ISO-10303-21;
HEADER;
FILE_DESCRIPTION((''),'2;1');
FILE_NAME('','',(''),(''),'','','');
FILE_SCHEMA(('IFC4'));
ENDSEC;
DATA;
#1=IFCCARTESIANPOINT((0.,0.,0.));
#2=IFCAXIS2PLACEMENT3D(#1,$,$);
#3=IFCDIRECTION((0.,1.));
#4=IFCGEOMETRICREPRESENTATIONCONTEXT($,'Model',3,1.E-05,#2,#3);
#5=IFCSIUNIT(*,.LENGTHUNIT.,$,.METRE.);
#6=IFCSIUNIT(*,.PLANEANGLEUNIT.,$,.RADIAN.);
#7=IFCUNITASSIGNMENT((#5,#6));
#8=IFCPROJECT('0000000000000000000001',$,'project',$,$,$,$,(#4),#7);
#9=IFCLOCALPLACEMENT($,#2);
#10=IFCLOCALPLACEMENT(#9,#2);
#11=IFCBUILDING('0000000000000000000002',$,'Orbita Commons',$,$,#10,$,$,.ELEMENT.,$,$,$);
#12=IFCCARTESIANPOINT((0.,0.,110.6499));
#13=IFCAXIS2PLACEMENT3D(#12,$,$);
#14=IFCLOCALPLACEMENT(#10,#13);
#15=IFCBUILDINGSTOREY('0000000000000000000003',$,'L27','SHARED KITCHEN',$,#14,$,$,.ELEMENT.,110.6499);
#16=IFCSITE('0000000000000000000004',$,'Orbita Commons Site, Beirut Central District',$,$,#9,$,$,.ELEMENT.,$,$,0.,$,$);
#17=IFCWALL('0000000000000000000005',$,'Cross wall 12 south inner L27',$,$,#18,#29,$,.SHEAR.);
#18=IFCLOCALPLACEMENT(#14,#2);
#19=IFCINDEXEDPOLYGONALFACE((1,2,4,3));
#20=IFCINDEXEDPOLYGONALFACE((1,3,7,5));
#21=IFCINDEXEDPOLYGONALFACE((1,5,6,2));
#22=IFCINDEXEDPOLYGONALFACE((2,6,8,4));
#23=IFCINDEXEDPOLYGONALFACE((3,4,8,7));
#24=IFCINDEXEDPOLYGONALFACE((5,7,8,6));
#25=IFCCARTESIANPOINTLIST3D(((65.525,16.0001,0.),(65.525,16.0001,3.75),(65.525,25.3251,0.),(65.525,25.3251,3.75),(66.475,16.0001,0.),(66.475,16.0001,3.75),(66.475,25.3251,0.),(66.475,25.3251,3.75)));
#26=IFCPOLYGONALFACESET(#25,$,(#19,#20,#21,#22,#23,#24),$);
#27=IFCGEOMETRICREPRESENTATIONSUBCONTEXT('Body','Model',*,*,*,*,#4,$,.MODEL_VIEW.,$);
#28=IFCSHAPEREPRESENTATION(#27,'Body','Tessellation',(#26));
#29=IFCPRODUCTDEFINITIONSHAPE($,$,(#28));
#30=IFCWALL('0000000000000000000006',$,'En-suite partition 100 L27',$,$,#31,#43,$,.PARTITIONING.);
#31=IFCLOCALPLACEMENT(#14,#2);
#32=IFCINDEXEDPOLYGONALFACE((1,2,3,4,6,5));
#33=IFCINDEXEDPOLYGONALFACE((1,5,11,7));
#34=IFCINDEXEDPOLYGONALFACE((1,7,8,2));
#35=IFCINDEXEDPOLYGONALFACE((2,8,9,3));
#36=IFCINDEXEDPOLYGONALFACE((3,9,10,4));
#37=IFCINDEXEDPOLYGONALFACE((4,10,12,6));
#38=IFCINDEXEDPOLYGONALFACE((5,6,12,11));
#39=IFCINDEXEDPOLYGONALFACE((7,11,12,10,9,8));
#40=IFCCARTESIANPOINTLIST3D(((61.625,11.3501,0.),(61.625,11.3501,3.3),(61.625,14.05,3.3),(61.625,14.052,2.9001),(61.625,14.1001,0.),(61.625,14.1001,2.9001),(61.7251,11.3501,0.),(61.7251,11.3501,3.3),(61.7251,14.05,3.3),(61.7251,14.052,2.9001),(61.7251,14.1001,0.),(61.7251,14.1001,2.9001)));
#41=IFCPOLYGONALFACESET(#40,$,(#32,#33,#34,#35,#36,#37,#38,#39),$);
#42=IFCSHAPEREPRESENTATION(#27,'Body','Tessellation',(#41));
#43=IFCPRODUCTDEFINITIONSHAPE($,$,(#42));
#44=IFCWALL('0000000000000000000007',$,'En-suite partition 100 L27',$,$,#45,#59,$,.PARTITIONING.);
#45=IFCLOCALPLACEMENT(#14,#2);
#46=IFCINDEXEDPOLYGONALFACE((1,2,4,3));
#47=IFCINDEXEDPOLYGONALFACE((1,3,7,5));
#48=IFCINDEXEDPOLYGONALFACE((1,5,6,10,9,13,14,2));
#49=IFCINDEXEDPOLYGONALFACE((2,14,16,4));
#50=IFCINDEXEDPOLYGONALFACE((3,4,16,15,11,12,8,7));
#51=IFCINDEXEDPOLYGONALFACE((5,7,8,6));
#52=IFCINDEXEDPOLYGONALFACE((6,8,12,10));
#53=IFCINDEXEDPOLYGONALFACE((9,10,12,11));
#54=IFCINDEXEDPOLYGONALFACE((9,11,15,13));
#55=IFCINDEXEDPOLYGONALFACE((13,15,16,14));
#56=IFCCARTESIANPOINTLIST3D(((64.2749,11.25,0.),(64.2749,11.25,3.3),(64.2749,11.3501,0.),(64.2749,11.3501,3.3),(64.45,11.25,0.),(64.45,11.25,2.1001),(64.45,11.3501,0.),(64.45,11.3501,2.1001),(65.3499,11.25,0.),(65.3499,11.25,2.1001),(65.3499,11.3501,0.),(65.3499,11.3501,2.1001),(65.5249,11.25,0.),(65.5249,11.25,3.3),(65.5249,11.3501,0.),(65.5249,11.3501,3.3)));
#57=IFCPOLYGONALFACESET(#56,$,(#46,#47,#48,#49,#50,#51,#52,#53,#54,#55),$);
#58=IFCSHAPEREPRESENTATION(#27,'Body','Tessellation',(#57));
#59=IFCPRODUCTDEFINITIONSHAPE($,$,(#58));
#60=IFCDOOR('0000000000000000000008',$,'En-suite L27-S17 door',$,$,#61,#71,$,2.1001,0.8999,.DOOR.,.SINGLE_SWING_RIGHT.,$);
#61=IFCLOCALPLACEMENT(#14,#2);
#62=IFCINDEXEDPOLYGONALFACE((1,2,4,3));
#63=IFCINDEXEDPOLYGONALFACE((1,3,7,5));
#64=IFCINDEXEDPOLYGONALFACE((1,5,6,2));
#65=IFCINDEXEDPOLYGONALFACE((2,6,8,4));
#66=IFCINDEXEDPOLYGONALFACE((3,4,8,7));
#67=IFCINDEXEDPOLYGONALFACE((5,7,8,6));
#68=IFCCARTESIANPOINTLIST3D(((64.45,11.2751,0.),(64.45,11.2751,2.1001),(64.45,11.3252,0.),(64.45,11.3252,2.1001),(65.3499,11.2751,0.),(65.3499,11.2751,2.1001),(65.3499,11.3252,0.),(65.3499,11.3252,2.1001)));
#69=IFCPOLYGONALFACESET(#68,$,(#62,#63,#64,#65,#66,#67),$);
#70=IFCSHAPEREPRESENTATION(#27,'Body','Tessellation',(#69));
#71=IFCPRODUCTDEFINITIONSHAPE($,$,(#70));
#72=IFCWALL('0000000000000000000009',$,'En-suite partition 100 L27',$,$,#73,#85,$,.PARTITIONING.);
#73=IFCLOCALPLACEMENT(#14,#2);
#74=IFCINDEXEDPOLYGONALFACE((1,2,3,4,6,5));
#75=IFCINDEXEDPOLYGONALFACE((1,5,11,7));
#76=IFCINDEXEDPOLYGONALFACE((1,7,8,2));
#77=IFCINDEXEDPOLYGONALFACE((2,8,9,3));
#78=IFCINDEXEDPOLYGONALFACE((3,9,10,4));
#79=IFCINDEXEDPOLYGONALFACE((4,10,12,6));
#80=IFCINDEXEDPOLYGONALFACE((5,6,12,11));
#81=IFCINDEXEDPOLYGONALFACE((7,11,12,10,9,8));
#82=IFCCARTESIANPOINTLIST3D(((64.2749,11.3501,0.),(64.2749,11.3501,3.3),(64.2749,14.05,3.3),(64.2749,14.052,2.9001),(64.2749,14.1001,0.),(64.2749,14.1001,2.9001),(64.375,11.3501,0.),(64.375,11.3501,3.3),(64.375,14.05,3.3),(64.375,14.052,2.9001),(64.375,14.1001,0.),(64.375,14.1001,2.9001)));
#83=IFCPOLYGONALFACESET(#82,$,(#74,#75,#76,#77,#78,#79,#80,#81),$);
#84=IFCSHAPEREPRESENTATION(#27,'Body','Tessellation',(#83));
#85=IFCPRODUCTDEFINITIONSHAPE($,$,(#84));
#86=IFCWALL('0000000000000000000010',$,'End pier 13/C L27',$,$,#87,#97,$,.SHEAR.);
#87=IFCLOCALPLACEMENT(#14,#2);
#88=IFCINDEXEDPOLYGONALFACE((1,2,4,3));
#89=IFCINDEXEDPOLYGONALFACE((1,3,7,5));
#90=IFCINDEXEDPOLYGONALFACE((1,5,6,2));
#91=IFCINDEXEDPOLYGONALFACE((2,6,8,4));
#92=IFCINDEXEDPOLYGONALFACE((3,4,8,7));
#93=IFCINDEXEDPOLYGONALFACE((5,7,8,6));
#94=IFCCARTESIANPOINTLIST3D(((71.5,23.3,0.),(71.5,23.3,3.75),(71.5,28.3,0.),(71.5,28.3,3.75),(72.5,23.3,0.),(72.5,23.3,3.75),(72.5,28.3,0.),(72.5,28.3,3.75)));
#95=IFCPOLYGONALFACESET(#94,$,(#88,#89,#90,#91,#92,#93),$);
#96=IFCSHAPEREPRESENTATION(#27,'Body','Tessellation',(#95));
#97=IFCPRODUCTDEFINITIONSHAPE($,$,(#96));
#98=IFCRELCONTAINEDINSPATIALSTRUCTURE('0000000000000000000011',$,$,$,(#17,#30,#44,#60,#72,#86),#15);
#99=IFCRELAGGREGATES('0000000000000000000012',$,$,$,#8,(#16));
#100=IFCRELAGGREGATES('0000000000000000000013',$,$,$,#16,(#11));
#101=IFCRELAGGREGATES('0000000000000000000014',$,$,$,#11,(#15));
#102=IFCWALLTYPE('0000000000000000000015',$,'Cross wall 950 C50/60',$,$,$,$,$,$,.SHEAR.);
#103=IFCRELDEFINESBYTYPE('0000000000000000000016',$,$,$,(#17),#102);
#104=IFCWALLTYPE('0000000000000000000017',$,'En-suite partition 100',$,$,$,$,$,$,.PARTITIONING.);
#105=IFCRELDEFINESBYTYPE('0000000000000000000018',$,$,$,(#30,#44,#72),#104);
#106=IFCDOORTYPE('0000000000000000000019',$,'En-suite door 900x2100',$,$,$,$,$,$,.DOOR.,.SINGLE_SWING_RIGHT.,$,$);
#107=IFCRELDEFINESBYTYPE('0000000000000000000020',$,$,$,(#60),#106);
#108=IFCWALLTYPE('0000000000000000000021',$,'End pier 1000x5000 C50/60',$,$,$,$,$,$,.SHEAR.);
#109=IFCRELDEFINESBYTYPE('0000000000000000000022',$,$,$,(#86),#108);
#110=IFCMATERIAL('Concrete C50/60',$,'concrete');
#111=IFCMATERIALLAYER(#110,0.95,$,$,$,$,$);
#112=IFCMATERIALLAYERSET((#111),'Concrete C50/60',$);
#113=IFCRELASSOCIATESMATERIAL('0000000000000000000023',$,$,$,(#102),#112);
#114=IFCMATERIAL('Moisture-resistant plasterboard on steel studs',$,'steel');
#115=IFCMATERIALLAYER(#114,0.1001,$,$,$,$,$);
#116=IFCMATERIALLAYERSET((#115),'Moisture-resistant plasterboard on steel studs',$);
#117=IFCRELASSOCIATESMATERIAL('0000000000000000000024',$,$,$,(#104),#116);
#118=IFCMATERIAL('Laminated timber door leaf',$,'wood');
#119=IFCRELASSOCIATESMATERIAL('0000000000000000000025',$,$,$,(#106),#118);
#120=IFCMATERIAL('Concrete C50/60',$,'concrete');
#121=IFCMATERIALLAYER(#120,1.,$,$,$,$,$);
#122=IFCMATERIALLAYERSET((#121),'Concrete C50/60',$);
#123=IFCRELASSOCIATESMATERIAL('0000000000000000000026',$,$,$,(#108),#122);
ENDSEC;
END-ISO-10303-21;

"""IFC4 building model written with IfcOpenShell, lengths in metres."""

from ifc_helpers import new_model, si_unit, direction, frame, frame_2d, origin, place, context, subcontext, project, spatial, polyline, rectangle, outline, extrude, material, layer, layer_set, type_object, element, fill, save


model = new_model("IFC4")

# Units and contexts
model_context = context("Model", 3, precision=1e-05, world=origin(), true_north=direction((0.0, 1.0)))
body_context = subcontext(model_context, "Body", "Model", "MODEL_VIEW")
ifc_project = project(units=[si_unit("LENGTHUNIT", "METRE"), si_unit("PLANEANGLEUNIT", "RADIAN")], contexts=[model_context])

# Site, building, storey
site_placement = place(None, origin())
site = spatial("IfcSite", under=ifc_project, at=site_placement, Name="Orbita Commons Site, Beirut Central District", CompositionType="ELEMENT", RefElevation=0.0)
building_placement = place(site_placement, origin())
building = spatial("IfcBuilding", under=site, at=building_placement, Name="Orbita Commons", CompositionType="ELEMENT")
storey_placement = place(building_placement, frame((0.0, 0.0, 110.6499)))
storey = spatial("IfcBuildingStorey", under=building, at=storey_placement, Name="L27", Description="SHARED KITCHEN", CompositionType="ELEMENT", Elevation=110.6499)

# Walls
ifc_material_1 = material(Name="Concrete C50/60", Category="concrete")
ifc_layer_1 = layer(ifc_material_1, 0.95)
ifc_layer_set_1 = layer_set([ifc_layer_1], Name="Concrete C50/60")
wall_type_1 = type_object("IfcWallType", Name="Cross wall 950 C50/60", PredefinedType="SHEAR", material=ifc_layer_set_1)
wall_1_placement = place(storey_placement, frame((66.0, 16.0, 0.0), z_axis=(0.0, 0.0, 1.0), x_axis=(0.0, 1.0, 0.0)))
element("IfcWall", 1, at=wall_1_placement, inside=storey, type_object=wall_type_1, Name="Cross wall 12 south inner L27", PredefinedType="SHEAR", context=body_context, shape_type="SweptSolid", body=[
    extrude(rectangle(XDim=9.325, YDim=0.95, at=frame_2d((4.6626, 0.0))), origin(), (0.0, 0.0, 1.0), 3.75),
])
ifc_material_2 = material(Name="Moisture-resistant plasterboard on steel studs", Category="steel")
ifc_layer_2 = layer(ifc_material_2, 0.1001)
ifc_layer_set_2 = layer_set([ifc_layer_2], Name="Moisture-resistant plasterboard on steel studs")
wall_type_2 = type_object("IfcWallType", Name="En-suite partition 100", PredefinedType="PARTITIONING", material=ifc_layer_set_2)
wall_2_placement = place(storey_placement, frame((61.675, 11.3501, 0.0), z_axis=(0.0, 0.0, 1.0), x_axis=(0.0, 1.0, 0.0)))
element("IfcWall", 2, at=wall_2_placement, inside=storey, type_object=wall_type_2, Name="En-suite partition 100 L27", PredefinedType="PARTITIONING", context=body_context, shape_type="SweptSolid", body=[
    extrude(outline(polyline([(0.0, 0.0), (2.75, 0.0), (2.75, 2.9001), (2.7019, 2.9001), (2.7, 3.3), (0.0, 3.3), (0.0, 0.0)])), frame((0.0, 0.05, 0.0), z_axis=(0.0, -1.0, 0.0), x_axis=(1.0, 0.0, 0.0)), (0.0, 0.0, 1.0), 0.1001),
])

# Wall, opening, door
wall_3_placement = place(storey_placement, frame((65.5249, 11.3, 0.0), z_axis=(0.0, 0.0, 1.0), x_axis=(-1.0, 0.0, 0.0)))
wall_3 = element("IfcWall", 3, at=wall_3_placement, inside=storey, type_object=wall_type_2, Name="En-suite partition 100 L27", PredefinedType="PARTITIONING", context=body_context, shape_type="SweptSolid", body=[
    extrude(rectangle(XDim=1.25, YDim=0.1001, at=frame_2d((0.625, 0.0))), origin(), (0.0, 0.0, 1.0), 3.3),
])
opening_1_placement = place(wall_3_placement, frame((0.175, 0.0, 0.0)))
opening_1 = element("IfcOpeningElement", 4, at=opening_1_placement, cuts=wall_3, PredefinedType="OPENING", context=body_context, shape_type="SweptSolid", body=[
    extrude(rectangle(XDim=0.8999, YDim=2.1001, at=frame_2d((0.45, 1.05))), frame((0.0, 0.0601, 0.0), z_axis=(0.0, -1.0, 0.0), x_axis=(1.0, 0.0, 0.0)), (0.0, 0.0, 1.0), 0.1201),
])
ifc_material_3 = material(Name="Laminated timber door leaf", Category="wood")
door_type_1 = type_object("IfcDoorType", Name="En-suite door 900x2100", OperationType="SINGLE_SWING_RIGHT", PredefinedType="DOOR", material=ifc_material_3)
door_1_placement = place(opening_1_placement, origin())
door_1 = element("IfcDoor", 5, at=door_1_placement, inside=storey, type_object=door_type_1, Name="En-suite L27-S17 door", OperationType="SINGLE_SWING_RIGHT", OverallHeight=2.1001, OverallWidth=0.8999, PredefinedType="DOOR", context=body_context, shape_type="SweptSolid", body=[
    extrude(rectangle(XDim=0.8999, YDim=2.1001, at=frame_2d((0.45, 1.05))), frame((0.0, 0.0249, 0.0), z_axis=(0.0, -1.0, 0.0), x_axis=(1.0, 0.0, 0.0)), (0.0, 0.0, 1.0), 0.05),
])
fill(opening_1, door_1)

# Walls
wall_4_placement = place(storey_placement, frame((64.325, 11.3501, 0.0), z_axis=(0.0, 0.0, 1.0), x_axis=(0.0, 1.0, 0.0)))
element("IfcWall", 6, at=wall_4_placement, inside=storey, type_object=wall_type_2, Name="En-suite partition 100 L27", PredefinedType="PARTITIONING", context=body_context, shape_type="SweptSolid", body=[
    extrude(outline(polyline([(0.0, 0.0), (2.75, 0.0), (2.75, 2.9001), (2.7019, 2.9001), (2.7, 3.3), (0.0, 3.3), (0.0, 0.0)])), frame((0.0, 0.05, 0.0), z_axis=(0.0, -1.0, 0.0), x_axis=(1.0, 0.0, 0.0)), (0.0, 0.0, 1.0), 0.1001),
])
ifc_material_4 = material(Name="Concrete C50/60", Category="concrete")
ifc_layer_3 = layer(ifc_material_4, 1.0)
ifc_layer_set_3 = layer_set([ifc_layer_3], Name="Concrete C50/60")
wall_type_3 = type_object("IfcWallType", Name="End pier 1000x5000 C50/60", PredefinedType="SHEAR", material=ifc_layer_set_3)
wall_5_placement = place(storey_placement, frame((72.0, 23.3, 0.0), z_axis=(0.0, 0.0, 1.0), x_axis=(0.0, 1.0, 0.0)))
element("IfcWall", 7, at=wall_5_placement, inside=storey, type_object=wall_type_3, Name="End pier 13/C L27", PredefinedType="SHEAR", context=body_context, shape_type="SweptSolid", body=[
    extrude(rectangle(XDim=5.0, YDim=1.0, at=frame_2d((2.5, 0.0))), origin(), (0.0, 0.0, 1.0), 3.75),
])

save(model, "model.ifc")
